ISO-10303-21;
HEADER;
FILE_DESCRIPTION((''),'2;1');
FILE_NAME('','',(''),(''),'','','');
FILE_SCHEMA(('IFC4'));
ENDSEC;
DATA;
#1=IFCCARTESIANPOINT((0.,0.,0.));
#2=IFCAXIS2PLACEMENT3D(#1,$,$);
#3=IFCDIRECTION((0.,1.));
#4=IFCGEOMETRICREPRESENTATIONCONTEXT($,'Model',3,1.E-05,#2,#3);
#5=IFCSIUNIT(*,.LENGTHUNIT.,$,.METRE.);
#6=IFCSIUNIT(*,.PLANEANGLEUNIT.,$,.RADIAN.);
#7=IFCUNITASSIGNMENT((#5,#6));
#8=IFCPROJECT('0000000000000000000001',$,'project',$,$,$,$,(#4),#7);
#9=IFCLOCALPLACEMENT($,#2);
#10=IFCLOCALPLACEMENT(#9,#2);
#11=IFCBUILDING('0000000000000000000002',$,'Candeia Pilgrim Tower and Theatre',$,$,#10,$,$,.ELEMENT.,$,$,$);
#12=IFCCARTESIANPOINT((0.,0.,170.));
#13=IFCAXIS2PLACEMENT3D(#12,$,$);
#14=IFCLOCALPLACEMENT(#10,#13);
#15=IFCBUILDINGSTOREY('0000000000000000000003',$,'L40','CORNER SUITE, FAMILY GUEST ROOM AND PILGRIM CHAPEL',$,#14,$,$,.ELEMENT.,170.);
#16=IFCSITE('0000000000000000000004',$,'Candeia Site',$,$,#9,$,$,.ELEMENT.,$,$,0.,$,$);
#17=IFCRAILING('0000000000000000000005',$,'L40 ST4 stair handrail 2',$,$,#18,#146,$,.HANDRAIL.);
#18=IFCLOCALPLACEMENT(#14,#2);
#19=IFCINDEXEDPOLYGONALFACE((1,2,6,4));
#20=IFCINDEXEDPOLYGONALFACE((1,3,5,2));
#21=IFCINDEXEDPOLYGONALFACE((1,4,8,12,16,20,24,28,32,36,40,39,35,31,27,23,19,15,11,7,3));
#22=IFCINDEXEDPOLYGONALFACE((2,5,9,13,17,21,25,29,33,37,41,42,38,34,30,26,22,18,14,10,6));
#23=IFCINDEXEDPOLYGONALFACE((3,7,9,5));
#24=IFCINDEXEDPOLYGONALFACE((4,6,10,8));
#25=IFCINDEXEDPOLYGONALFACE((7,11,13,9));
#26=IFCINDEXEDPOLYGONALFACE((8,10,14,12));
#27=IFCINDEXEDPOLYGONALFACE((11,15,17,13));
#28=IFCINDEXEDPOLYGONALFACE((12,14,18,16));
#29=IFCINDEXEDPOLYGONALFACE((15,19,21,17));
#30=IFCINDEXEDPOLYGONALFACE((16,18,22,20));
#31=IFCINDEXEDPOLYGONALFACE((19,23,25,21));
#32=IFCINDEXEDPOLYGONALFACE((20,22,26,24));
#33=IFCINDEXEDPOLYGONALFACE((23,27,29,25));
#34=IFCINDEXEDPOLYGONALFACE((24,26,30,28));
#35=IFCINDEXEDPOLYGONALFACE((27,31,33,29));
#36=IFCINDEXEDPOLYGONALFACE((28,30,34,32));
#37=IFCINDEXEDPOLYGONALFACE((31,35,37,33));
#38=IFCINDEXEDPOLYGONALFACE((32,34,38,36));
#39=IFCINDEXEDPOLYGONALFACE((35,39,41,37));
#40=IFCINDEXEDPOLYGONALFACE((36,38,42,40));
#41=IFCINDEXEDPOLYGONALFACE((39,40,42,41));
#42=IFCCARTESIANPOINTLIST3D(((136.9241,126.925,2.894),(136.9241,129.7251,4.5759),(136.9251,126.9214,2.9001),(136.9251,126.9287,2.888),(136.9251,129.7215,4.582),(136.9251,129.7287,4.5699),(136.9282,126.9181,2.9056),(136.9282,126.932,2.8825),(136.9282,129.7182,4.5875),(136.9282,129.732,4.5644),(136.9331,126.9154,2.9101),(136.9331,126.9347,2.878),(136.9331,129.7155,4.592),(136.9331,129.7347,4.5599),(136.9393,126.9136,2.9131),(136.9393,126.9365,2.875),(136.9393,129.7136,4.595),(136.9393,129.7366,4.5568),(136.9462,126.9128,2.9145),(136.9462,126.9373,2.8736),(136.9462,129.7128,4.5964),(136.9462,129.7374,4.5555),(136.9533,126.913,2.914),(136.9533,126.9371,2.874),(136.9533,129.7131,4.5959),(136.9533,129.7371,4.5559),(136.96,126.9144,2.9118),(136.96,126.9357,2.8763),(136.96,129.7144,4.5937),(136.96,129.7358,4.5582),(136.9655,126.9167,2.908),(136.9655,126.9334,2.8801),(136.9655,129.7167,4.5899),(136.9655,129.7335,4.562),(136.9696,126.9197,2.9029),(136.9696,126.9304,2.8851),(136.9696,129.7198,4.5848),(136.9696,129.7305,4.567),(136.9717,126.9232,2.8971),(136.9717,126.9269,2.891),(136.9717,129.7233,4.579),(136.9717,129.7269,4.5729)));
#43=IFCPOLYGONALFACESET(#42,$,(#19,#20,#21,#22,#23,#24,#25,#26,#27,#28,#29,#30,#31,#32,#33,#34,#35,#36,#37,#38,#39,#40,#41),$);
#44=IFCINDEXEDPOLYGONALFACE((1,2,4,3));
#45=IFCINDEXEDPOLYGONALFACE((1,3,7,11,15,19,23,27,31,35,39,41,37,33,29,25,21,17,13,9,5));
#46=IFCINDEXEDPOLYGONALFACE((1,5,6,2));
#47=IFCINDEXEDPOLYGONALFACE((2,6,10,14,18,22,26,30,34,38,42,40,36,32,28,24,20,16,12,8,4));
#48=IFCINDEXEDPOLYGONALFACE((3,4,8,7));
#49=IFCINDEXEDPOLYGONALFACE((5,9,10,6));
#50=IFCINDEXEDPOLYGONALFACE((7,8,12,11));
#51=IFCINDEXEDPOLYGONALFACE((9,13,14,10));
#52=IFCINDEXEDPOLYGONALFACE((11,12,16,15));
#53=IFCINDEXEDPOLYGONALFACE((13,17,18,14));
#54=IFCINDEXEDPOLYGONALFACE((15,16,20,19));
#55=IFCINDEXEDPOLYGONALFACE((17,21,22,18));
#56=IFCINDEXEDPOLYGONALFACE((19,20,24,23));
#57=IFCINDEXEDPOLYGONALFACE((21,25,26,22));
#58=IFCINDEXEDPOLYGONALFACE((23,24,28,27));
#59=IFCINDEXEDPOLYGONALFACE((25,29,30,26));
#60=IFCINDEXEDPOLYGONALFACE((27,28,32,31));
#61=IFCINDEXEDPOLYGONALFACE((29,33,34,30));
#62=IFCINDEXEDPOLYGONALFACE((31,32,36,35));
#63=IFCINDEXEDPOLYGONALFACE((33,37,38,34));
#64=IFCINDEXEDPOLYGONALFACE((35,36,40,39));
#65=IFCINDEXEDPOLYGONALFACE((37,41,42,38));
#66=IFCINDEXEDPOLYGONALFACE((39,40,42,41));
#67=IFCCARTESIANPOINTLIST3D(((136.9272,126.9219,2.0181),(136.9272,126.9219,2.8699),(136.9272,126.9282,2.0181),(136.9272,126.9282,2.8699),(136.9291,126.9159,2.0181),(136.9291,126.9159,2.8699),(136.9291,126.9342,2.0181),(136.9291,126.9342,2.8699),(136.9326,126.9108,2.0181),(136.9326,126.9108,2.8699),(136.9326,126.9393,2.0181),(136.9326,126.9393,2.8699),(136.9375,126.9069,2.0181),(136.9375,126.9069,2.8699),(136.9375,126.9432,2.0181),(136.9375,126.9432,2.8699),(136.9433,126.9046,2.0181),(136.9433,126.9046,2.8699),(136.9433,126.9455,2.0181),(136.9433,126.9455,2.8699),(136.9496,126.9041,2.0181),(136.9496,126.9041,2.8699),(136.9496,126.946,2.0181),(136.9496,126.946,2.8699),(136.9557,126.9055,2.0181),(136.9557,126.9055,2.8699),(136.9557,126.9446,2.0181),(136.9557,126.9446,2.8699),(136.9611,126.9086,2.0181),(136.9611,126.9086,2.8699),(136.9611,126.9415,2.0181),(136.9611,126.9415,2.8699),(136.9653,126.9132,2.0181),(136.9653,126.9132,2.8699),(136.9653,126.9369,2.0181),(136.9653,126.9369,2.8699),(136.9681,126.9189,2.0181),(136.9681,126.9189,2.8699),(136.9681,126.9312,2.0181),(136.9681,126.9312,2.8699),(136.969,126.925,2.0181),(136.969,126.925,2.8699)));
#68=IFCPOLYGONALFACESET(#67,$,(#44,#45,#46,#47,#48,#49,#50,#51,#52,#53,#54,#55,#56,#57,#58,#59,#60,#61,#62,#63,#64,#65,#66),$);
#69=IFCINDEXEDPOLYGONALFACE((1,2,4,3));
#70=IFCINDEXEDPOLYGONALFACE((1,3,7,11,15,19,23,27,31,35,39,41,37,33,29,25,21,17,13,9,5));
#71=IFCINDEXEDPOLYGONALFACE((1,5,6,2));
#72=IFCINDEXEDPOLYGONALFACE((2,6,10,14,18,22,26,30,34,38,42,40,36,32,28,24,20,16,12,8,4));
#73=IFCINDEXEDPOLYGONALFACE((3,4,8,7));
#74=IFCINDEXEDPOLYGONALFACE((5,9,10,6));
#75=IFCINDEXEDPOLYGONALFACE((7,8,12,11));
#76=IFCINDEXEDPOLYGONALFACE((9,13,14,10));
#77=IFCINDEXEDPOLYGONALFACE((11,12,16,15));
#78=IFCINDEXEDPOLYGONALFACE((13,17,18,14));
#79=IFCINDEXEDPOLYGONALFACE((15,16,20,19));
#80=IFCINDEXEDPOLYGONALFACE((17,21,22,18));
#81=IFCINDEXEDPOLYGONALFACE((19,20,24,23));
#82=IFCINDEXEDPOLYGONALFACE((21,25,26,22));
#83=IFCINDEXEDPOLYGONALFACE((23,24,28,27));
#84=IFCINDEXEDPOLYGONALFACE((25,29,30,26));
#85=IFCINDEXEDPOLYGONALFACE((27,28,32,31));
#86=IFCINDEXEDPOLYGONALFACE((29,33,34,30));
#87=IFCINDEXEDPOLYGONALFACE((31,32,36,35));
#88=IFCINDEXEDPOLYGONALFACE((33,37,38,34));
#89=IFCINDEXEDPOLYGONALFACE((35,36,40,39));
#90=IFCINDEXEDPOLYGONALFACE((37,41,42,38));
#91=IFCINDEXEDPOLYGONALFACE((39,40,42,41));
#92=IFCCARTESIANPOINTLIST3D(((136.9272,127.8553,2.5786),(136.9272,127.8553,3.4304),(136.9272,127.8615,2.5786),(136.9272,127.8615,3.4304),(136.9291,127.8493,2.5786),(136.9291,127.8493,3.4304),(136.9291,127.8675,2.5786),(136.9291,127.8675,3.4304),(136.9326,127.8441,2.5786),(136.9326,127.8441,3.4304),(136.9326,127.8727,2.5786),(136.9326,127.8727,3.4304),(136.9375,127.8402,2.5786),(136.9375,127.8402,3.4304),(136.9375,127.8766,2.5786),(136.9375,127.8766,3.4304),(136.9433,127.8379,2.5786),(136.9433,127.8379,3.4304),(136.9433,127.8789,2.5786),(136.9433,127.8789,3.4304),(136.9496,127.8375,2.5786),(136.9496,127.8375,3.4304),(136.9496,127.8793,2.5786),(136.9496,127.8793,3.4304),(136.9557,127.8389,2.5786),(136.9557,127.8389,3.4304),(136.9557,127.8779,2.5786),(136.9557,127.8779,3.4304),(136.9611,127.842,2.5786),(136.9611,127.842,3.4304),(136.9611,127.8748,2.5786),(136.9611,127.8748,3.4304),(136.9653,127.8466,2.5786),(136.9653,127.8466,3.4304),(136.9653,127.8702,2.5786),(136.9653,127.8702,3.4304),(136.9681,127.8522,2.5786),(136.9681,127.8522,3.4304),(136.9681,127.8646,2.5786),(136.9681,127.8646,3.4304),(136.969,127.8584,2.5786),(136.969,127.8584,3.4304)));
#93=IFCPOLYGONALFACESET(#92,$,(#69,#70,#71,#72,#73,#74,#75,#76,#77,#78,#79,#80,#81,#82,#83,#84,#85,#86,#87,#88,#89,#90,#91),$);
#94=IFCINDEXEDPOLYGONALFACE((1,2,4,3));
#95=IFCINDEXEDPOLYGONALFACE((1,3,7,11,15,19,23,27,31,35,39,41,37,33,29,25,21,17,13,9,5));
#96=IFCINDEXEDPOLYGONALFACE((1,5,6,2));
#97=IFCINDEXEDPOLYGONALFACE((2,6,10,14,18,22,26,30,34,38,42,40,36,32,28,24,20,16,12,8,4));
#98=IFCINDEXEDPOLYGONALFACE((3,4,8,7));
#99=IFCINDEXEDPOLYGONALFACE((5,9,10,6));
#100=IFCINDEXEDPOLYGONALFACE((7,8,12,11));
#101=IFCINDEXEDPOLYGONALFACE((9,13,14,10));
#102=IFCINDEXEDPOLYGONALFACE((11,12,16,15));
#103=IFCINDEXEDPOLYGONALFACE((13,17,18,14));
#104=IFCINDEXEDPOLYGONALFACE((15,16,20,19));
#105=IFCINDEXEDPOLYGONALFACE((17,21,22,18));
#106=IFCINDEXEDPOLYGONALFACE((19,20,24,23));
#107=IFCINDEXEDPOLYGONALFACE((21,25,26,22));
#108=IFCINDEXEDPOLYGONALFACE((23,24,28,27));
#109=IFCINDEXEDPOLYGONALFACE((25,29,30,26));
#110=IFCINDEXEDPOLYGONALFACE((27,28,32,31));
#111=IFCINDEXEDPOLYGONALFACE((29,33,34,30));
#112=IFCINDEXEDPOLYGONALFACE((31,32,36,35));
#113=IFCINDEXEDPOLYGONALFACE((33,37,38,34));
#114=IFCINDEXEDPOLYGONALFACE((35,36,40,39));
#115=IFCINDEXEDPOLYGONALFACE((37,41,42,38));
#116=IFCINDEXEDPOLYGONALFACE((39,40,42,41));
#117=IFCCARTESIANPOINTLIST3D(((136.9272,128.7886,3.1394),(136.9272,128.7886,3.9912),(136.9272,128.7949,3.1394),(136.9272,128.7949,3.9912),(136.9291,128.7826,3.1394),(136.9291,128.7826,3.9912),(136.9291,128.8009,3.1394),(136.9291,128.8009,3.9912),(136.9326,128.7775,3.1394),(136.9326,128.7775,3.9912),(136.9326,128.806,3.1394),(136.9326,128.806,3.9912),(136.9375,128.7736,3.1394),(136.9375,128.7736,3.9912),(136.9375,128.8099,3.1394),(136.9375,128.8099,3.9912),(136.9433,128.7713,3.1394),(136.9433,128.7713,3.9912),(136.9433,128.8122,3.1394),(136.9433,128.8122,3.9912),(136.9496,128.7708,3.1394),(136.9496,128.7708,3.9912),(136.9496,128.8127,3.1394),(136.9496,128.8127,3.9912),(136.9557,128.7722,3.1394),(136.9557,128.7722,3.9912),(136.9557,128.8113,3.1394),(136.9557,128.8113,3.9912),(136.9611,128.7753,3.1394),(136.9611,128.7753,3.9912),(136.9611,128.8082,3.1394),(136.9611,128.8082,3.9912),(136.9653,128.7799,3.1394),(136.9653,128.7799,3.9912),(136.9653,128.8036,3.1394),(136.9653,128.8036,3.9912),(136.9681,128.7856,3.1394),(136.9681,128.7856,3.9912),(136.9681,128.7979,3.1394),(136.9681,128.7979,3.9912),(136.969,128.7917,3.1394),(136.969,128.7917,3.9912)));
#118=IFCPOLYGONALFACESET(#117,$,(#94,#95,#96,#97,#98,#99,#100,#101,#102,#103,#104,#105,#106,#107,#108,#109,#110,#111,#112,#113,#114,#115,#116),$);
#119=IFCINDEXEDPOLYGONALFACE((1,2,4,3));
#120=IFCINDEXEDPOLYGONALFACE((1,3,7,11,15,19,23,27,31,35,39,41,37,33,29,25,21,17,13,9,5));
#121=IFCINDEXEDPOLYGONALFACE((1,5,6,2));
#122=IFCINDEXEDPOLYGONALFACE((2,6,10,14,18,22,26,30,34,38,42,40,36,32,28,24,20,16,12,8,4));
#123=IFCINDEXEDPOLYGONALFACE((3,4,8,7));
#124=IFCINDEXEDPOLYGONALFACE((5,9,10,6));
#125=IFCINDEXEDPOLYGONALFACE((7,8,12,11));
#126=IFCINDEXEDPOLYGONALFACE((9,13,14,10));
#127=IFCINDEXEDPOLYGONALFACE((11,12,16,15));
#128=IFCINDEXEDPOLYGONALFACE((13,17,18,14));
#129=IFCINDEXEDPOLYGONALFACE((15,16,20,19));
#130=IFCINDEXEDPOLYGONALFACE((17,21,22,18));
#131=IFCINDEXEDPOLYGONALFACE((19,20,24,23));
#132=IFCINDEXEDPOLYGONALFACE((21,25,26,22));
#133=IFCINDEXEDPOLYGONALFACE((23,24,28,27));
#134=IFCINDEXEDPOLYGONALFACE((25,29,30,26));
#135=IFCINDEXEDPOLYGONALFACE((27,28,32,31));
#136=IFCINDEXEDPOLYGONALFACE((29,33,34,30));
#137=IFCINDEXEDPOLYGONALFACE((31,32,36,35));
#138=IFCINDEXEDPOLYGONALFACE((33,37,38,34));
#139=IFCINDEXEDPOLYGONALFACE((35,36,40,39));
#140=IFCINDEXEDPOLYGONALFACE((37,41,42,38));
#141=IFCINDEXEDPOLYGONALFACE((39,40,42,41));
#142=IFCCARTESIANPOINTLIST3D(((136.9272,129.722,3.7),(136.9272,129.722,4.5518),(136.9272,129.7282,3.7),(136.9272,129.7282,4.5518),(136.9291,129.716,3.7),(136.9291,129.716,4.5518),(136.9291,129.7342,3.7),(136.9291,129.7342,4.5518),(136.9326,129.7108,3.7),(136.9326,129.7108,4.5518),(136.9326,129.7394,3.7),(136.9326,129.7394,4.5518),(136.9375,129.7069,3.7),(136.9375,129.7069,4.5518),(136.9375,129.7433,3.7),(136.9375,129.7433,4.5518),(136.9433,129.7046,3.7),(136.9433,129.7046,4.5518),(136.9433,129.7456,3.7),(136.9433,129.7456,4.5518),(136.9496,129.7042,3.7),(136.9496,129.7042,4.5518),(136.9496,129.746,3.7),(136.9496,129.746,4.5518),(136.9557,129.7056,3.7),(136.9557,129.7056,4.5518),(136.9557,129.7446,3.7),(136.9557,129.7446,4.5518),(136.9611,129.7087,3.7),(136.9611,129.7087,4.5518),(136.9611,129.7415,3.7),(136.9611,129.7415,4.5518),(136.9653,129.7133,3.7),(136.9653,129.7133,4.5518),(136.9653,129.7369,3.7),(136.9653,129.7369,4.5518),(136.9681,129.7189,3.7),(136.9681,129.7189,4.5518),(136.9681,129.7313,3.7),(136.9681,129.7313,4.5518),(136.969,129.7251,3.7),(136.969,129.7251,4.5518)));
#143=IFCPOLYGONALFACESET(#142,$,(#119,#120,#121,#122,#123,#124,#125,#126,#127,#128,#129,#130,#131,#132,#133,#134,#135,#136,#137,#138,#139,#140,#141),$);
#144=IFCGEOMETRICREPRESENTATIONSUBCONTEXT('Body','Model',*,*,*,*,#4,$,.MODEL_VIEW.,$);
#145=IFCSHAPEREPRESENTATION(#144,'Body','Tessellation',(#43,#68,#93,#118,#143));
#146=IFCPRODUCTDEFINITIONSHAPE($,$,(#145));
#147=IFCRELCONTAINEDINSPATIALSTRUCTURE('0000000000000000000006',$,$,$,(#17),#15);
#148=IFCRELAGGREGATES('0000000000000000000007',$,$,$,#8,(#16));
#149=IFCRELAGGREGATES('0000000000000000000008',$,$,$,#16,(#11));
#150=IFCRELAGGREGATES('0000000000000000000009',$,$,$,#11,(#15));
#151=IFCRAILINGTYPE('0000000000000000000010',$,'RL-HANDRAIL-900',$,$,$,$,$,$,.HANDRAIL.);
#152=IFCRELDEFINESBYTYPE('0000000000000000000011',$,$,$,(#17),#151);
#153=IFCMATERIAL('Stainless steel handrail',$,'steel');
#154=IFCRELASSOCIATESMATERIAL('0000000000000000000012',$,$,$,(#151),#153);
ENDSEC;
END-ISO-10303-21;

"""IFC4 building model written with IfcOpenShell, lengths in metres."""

from ifc_helpers import new_model, si_unit, direction, frame, origin, origin_2d, place, context, subcontext, project, spatial, circle, extrude, material, type_object, element, save


model = new_model("IFC4")

# Units and contexts
model_context = context("Model", 3, precision=1e-05, world=origin(), true_north=direction((0.0, 1.0)))
body_context = subcontext(model_context, "Body", "Model", "MODEL_VIEW")
ifc_project = project(units=[si_unit("LENGTHUNIT", "METRE"), si_unit("PLANEANGLEUNIT", "RADIAN")], contexts=[model_context])

# Site, building, storey
site_placement = place(None, origin())
site = spatial("IfcSite", under=ifc_project, at=site_placement, Name="Candeia Site", CompositionType="ELEMENT", RefElevation=0.0)
building_placement = place(site_placement, origin())
building = spatial("IfcBuilding", under=site, at=building_placement, Name="Candeia Pilgrim Tower and Theatre", CompositionType="ELEMENT")
storey_placement = place(building_placement, frame((0.0, 0.0, 170.0)))
storey = spatial("IfcBuildingStorey", under=building, at=storey_placement, Name="L40", Description="CORNER SUITE, FAMILY GUEST ROOM AND PILGRIM CHAPEL", CompositionType="ELEMENT", Elevation=170.0)

# Railing
ifc_material_1 = material(Name="Stainless steel handrail", Category="steel")
railing_type_1 = type_object("IfcRailingType", Name="RL-HANDRAIL-900", PredefinedType="HANDRAIL", material=ifc_material_1)
railing_1_placement = place(storey_placement, frame((136.948, 126.925, 2.0181)))
element("IfcRailing", 1, at=railing_1_placement, inside=storey, type_object=railing_type_1, Name="L40 ST4 stair handrail 2", PredefinedType="HANDRAIL", context=body_context, shape_type="SweptSolid", body=[
    extrude(circle(Radius=0.0239, at=origin_2d()), frame((0.0, 0.0, 0.876), z_axis=(0.0, 0.857242, 0.514913), x_axis=(-1.0, 0.0, 0.0)), (0.0, 0.0, 1.0), 3.2664),
    extrude(circle(Radius=0.021, at=origin_2d()), origin(), (0.0, 0.0, 1.0), 0.8518),
    extrude(circle(Radius=0.021, at=origin_2d()), frame((0.0, 0.9333, 0.5605)), (0.0, 0.0, 1.0), 0.8518),
    extrude(circle(Radius=0.021, at=origin_2d()), frame((0.0, 1.8667, 1.1213)), (0.0, 0.0, 1.0), 0.8518),
    extrude(circle(Radius=0.021, at=origin_2d()), frame((0.0, 2.8, 1.6819)), (0.0, 0.0, 1.0), 0.8518),
])

save(model, "model.ifc")
